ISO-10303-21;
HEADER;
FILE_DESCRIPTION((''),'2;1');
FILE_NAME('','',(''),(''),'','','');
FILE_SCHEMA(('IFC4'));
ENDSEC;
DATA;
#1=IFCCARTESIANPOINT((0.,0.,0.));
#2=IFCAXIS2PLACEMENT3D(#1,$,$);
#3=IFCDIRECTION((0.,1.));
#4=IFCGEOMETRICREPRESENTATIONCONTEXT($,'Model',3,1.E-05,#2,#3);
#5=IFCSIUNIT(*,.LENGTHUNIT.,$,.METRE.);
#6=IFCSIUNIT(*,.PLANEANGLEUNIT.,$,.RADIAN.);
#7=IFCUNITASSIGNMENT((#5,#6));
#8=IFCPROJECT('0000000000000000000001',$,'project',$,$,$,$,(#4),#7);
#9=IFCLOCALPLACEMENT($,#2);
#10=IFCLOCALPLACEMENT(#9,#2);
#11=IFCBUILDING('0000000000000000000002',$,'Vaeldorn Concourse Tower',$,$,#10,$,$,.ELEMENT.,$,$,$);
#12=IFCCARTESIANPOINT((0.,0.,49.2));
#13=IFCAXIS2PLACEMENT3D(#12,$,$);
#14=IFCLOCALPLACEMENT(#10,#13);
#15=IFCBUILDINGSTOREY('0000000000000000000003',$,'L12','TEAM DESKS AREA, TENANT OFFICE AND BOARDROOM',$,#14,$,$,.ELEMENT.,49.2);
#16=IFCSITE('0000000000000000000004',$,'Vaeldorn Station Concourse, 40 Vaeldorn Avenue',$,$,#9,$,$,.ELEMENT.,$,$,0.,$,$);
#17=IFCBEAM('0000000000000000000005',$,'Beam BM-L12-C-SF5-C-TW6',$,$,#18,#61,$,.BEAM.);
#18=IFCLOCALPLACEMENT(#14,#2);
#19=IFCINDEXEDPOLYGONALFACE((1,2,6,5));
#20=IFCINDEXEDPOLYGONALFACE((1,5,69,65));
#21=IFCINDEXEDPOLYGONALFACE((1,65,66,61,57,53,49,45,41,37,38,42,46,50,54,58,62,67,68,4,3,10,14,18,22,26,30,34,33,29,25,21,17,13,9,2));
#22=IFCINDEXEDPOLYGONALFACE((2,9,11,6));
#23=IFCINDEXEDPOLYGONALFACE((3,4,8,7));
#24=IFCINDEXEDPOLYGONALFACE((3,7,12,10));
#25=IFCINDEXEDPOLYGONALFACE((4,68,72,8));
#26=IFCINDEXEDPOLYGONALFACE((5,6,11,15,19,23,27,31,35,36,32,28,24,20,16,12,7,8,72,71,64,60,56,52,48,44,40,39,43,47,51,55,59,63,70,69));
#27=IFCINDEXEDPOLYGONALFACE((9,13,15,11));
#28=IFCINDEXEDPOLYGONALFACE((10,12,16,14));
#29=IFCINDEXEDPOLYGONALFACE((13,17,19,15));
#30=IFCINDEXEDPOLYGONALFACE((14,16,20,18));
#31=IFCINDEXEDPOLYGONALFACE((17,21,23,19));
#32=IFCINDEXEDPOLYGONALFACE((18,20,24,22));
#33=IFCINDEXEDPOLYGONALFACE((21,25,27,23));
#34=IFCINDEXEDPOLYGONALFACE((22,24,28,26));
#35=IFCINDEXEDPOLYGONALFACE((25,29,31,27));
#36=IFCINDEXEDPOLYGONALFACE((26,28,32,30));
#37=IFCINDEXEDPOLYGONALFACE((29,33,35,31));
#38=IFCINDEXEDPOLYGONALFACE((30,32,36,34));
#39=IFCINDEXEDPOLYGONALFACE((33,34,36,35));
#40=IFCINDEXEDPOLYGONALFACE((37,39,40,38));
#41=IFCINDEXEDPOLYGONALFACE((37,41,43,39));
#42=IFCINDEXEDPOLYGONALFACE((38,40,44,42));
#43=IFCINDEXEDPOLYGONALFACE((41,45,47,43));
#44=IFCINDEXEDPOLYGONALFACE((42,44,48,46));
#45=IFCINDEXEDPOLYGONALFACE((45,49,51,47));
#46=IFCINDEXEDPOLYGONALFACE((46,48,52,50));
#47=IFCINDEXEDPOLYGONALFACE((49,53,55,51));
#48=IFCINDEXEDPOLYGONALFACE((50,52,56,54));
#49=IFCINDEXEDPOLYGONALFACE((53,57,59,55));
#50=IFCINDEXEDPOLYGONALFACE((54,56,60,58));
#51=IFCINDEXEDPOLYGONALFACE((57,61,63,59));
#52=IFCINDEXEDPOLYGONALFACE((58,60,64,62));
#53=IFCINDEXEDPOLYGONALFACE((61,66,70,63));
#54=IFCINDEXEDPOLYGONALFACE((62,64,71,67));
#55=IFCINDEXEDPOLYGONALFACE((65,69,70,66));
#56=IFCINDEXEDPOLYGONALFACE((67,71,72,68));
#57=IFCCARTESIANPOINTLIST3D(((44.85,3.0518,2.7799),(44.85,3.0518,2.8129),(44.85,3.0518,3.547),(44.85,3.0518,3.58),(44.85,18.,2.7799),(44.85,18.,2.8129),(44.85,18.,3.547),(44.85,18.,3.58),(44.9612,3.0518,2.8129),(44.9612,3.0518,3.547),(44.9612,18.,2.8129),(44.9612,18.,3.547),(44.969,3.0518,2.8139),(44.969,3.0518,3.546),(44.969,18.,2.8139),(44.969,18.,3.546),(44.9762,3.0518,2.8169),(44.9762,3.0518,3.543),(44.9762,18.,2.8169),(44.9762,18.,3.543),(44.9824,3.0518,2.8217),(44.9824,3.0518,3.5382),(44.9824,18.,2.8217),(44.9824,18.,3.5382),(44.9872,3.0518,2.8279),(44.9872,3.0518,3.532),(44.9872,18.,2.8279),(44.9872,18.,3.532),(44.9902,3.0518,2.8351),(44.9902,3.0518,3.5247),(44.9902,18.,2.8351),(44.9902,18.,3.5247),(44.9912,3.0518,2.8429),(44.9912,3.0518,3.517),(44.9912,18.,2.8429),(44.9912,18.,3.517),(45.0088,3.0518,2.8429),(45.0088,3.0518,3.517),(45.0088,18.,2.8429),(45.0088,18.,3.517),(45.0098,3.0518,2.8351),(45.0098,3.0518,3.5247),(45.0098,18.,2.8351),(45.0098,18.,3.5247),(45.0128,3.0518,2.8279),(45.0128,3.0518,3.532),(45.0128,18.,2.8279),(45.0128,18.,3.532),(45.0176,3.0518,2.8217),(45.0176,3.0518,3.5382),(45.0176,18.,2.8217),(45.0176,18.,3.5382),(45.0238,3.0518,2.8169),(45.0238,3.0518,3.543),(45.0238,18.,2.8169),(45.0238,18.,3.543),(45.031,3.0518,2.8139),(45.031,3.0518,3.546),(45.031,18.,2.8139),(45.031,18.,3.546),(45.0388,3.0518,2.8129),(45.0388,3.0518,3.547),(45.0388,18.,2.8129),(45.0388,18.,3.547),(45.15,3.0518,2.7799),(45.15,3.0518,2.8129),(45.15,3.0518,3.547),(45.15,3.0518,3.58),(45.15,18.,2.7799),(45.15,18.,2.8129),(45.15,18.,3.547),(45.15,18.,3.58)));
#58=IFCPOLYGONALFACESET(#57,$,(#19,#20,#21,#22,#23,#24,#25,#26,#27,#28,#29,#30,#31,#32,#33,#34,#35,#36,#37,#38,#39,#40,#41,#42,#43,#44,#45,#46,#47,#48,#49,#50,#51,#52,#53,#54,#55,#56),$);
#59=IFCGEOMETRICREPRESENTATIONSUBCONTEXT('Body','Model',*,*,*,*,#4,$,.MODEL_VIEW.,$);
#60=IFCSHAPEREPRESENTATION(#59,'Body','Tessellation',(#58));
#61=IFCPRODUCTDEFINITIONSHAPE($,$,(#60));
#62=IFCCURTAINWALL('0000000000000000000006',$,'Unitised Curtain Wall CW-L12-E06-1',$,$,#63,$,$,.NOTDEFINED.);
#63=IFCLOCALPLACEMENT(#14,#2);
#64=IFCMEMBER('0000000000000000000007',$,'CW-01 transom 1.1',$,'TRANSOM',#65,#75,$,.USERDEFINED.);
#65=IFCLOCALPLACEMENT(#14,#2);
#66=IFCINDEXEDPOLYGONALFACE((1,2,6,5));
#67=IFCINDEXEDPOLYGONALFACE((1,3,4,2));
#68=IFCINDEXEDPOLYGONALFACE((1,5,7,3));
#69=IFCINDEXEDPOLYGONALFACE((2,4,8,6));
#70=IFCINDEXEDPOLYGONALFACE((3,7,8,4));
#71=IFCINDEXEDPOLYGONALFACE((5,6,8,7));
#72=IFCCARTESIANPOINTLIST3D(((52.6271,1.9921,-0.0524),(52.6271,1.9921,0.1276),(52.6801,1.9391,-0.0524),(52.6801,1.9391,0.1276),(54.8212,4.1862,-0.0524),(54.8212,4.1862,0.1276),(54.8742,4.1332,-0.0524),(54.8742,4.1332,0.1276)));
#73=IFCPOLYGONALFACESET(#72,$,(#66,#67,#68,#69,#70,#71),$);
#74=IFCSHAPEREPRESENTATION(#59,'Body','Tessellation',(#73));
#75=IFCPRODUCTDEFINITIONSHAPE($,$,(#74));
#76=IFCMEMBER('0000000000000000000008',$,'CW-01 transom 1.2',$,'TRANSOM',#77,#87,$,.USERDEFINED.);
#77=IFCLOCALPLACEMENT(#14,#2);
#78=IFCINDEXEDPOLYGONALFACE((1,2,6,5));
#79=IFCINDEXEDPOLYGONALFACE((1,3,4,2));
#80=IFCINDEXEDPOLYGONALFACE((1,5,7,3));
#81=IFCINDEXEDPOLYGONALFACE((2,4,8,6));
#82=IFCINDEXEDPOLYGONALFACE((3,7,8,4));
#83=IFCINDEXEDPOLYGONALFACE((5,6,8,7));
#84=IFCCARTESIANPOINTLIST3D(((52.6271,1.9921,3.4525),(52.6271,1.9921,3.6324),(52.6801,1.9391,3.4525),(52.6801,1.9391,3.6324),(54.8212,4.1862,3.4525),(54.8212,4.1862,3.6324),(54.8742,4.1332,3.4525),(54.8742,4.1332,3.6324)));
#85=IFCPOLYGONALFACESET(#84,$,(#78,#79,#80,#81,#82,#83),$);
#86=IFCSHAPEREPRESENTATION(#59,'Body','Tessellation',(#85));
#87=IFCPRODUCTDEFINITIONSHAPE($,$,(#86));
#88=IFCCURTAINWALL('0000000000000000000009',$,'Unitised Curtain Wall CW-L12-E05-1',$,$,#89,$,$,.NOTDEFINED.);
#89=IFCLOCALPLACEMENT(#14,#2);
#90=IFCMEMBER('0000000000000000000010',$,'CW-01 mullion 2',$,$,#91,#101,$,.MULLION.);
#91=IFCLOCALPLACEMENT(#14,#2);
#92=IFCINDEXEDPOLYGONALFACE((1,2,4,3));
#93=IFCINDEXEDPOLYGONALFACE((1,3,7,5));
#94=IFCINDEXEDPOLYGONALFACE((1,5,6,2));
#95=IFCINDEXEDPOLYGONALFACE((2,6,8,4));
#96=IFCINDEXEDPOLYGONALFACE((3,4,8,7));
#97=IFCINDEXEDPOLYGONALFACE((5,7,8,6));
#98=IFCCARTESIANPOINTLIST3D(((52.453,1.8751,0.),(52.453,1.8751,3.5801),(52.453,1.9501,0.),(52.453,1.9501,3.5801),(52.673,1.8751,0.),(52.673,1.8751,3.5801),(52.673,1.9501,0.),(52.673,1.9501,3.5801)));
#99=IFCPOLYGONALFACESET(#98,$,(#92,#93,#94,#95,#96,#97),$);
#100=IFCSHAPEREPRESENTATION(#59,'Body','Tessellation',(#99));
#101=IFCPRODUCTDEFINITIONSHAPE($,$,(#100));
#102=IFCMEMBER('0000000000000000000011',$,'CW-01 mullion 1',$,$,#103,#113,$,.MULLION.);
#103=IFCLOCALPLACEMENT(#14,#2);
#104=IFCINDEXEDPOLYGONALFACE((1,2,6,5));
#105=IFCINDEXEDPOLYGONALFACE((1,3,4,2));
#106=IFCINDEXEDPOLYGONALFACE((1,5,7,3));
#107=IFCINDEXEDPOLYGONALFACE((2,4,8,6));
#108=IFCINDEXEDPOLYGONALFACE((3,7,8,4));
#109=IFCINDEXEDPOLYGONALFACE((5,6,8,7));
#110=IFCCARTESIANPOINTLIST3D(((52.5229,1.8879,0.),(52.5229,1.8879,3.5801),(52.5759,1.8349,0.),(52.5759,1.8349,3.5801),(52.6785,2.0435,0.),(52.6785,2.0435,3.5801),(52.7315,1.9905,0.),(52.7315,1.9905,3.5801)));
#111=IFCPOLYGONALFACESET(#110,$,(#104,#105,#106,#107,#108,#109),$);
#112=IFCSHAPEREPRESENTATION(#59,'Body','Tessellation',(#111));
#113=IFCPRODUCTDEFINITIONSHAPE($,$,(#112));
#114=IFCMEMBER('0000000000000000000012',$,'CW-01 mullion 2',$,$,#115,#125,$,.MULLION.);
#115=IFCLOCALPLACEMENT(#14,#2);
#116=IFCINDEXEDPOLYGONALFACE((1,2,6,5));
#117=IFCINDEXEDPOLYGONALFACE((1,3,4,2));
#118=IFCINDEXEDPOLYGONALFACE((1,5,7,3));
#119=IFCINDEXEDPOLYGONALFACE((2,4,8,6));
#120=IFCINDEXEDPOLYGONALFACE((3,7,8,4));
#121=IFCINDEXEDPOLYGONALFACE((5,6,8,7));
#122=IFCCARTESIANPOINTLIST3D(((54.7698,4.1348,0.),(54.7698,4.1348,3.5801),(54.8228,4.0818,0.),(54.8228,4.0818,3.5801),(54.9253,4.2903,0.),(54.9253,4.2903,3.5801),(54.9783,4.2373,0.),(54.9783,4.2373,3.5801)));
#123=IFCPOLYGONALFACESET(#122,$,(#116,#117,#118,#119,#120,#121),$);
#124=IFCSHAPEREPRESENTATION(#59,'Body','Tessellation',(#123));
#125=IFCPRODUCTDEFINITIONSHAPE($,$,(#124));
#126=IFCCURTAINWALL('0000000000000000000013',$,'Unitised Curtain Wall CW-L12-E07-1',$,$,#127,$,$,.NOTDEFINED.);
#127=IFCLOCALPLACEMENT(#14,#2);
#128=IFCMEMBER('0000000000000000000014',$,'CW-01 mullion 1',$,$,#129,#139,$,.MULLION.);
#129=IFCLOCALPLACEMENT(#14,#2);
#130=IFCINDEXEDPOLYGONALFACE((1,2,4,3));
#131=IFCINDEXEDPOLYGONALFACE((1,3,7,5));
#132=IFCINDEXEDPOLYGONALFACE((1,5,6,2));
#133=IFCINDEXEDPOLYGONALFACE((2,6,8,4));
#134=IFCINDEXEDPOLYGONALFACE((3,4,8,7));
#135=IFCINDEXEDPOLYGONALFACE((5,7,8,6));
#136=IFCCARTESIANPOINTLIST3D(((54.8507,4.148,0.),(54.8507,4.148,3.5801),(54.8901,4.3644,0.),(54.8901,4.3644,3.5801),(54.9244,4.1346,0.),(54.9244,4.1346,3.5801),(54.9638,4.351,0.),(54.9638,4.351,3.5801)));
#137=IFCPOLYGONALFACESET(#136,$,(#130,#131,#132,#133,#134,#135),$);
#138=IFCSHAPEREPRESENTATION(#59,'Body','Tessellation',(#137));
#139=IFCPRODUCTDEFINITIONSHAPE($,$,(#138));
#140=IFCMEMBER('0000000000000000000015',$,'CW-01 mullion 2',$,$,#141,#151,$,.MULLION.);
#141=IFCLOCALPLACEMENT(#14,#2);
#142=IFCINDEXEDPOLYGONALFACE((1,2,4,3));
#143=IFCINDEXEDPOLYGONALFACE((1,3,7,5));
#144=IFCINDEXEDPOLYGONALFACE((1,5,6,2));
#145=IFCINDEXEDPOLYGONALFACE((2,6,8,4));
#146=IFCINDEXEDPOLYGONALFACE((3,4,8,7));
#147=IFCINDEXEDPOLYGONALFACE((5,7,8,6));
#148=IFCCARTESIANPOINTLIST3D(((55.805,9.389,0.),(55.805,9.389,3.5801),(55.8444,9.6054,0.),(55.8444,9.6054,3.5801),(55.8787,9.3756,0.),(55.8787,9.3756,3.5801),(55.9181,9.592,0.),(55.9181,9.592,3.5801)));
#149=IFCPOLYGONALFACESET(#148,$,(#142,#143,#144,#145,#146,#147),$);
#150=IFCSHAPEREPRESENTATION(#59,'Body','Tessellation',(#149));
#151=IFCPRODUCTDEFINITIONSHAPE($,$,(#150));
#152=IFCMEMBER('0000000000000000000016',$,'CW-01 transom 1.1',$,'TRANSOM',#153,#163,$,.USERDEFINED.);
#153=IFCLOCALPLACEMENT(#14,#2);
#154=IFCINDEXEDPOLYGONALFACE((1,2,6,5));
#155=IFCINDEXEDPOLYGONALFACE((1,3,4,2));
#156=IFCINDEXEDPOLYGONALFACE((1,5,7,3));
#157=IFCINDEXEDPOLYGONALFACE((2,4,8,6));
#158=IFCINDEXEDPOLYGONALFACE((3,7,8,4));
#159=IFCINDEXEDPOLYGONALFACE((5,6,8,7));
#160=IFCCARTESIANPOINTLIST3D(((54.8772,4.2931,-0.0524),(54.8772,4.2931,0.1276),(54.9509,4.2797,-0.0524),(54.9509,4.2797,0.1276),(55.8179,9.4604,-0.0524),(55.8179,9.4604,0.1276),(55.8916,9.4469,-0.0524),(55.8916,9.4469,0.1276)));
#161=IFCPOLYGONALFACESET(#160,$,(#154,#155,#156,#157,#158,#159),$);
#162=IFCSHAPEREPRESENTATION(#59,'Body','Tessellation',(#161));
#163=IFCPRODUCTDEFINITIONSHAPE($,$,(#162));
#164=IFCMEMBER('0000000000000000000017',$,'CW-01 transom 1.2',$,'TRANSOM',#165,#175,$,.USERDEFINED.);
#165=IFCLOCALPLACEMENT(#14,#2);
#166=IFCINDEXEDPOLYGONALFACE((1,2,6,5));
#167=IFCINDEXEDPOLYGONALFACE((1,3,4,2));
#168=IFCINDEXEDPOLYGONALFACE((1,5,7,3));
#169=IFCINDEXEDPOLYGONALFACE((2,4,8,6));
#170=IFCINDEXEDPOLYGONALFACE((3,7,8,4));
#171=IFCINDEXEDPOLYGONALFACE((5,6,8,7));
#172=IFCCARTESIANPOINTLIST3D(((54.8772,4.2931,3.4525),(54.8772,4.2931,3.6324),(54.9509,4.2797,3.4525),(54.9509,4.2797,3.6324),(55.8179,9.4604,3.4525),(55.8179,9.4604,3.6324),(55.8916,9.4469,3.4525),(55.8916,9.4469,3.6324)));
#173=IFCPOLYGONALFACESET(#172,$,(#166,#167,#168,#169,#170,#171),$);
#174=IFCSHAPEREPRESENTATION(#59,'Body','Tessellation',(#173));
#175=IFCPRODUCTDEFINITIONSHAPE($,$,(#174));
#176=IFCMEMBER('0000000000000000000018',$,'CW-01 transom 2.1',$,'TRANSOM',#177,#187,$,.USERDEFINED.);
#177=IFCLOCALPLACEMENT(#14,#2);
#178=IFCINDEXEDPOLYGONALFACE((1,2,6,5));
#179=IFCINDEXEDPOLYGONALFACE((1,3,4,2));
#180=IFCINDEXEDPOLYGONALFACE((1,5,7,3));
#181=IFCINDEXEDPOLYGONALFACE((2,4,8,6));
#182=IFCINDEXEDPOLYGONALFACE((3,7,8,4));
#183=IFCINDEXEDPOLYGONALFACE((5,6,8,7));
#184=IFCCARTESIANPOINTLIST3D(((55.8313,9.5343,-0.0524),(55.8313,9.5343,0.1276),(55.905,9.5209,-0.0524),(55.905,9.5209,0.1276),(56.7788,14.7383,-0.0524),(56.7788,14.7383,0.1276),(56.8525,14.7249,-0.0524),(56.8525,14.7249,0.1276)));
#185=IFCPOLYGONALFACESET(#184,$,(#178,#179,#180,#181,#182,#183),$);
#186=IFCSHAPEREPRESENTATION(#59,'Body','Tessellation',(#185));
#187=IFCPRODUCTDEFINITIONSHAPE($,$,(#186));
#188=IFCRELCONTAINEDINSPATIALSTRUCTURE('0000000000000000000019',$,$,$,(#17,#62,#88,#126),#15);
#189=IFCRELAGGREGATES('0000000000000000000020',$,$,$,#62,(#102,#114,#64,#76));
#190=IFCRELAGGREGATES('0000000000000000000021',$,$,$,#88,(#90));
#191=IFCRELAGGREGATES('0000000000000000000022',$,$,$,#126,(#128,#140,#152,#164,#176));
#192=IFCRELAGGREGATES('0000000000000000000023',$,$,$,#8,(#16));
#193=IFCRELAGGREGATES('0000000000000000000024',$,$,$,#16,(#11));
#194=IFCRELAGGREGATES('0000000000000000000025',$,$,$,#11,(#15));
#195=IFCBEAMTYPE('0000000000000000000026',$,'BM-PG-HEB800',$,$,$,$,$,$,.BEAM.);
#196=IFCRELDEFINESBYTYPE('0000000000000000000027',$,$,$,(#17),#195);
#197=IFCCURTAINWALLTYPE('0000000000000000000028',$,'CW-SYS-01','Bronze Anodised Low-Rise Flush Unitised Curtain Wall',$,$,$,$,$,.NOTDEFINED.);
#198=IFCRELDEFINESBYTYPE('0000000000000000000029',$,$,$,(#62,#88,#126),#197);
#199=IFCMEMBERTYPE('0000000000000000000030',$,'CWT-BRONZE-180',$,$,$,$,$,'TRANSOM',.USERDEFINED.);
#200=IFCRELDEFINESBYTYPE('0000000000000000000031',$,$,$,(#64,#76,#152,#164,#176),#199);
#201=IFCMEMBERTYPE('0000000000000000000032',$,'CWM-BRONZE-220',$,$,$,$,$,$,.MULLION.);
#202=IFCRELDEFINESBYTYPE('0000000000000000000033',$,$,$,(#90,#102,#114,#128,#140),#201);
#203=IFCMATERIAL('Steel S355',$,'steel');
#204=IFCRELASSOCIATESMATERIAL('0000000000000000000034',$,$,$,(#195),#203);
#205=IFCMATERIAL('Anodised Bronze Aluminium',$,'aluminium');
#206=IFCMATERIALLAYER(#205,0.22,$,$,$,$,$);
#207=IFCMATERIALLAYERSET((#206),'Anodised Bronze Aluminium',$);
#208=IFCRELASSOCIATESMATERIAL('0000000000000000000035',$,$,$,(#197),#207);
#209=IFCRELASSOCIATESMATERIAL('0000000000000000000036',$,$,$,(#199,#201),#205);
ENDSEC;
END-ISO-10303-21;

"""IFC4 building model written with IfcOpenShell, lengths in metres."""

from ifc_helpers import new_model, si_unit, direction, frame, origin, origin_2d, place, context, subcontext, project, spatial, rectangle, i_section, extrude, source, transform, mapped, material, layer, layer_set, material_profile, profile_set, type_object, element, aggregate, save


model = new_model("IFC4")

# Units and contexts
model_context = context("Model", 3, precision=1e-05, world=origin(), true_north=direction((0.0, 1.0)))
body_context = subcontext(model_context, "Body", "Model", "MODEL_VIEW")
ifc_project = project(units=[si_unit("LENGTHUNIT", "METRE"), si_unit("PLANEANGLEUNIT", "RADIAN")], contexts=[model_context])

# Site, building, storey
site_placement = place(None, origin())
site = spatial("IfcSite", under=ifc_project, at=site_placement, Name="Vaeldorn Station Concourse, 40 Vaeldorn Avenue", CompositionType="ELEMENT", RefElevation=0.0)
building_placement = place(site_placement, origin())
building = spatial("IfcBuilding", under=site, at=building_placement, Name="Vaeldorn Concourse Tower", CompositionType="ELEMENT")
storey_placement = place(building_placement, frame((0.0, 0.0, 49.2)))
storey = spatial("IfcBuildingStorey", under=building, at=storey_placement, Name="L12", Description="TEAM DESKS AREA, TENANT OFFICE AND BOARDROOM", CompositionType="ELEMENT", Elevation=49.2)

# Beam
ifc_material_1 = material(Name="Steel S355", Category="steel")
ifc_material_profile_1 = material_profile(ifc_material_1, i_section(OverallWidth=0.3, OverallDepth=0.8, WebThickness=0.0176, FlangeThickness=0.033, FilletRadius=0.03, at=origin_2d()), Name="HEB 800")
ifc_profile_set_1 = profile_set([ifc_material_profile_1], Name="Steel S355")
beam_type_1 = type_object("IfcBeamType", Name="BM-PG-HEB800", PredefinedType="BEAM", material=ifc_profile_set_1)
shared_shape_1 = source(origin(), body_context, "Body", "SweptSolid", [
    extrude(i_section(OverallWidth=0.3, OverallDepth=0.8, WebThickness=0.0176, FlangeThickness=0.033, FilletRadius=0.03, at=origin_2d()), origin(), (0.0, 0.0, 1.0), 14.9482),
])
beam_1_placement = place(storey_placement, frame((45.0, 3.0518, 3.1799), z_axis=(0.0, 1.0, 0.0), x_axis=(-1.0, 0.0, 0.0)))
element("IfcBeam", 1, at=beam_1_placement, inside=storey, type_object=beam_type_1, Name="Beam BM-L12-C-SF5-C-TW6", PredefinedType="BEAM", context=body_context, shape_type="MappedRepresentation", body=[
    mapped(shared_shape_1, transform((0.0, 0.0, 0.0), scale=1.0)),
])

# Curtain wall, members
ifc_material_2 = material(Name="Anodised Bronze Aluminium", Category="aluminium")
ifc_layer_1 = layer(ifc_material_2, 0.22)
ifc_layer_set_1 = layer_set([ifc_layer_1], Name="Anodised Bronze Aluminium")
curtain_wall_type = type_object("IfcCurtainWallType", Name="CW-SYS-01", Description="Bronze Anodised Low-Rise Flush Unitised Curtain Wall", PredefinedType="NOTDEFINED", material=ifc_layer_set_1)
curtain_wall_1_placement = place(storey_placement, origin())
curtain_wall_1 = element("IfcCurtainWall", 2, at=curtain_wall_1_placement, inside=storey, type_object=curtain_wall_type, Name="Unitised Curtain Wall CW-L12-E06-1", PredefinedType="NOTDEFINED")
ifc_material_profile_2 = material_profile(ifc_material_2, rectangle(XDim=0.075, YDim=0.1799, at=origin_2d()), Name="CWT 75x180")
ifc_profile_set_2 = profile_set([ifc_material_profile_2], Name="Anodised Bronze Aluminium")
member_type_1 = type_object("IfcMemberType", Name="CWT-BRONZE-180", ElementType="TRANSOM", PredefinedType="USERDEFINED", material=ifc_profile_set_2)
shared_shape_2 = source(origin(), body_context, "Body", "SweptSolid", [
    extrude(rectangle(XDim=0.075, YDim=0.1799, at=origin_2d()), origin(), (0.0, 0.0, 1.0), 3.103),
])
member_1_placement = place(storey_placement, frame((52.6536, 1.9656, 0.0376), z_axis=(0.707107, 0.707107, 0.0), x_axis=(-0.707107, 0.707107, 0.0)))
member_1 = element("IfcMember", 3, at=member_1_placement, type_object=member_type_1, Name="CW-01 transom 1.1", ObjectType="TRANSOM", PredefinedType="USERDEFINED", context=body_context, shape_type="MappedRepresentation", body=[
    mapped(shared_shape_2, transform((0.0, 0.0, 0.0), scale=1.0)),
])
member_2_placement = place(storey_placement, frame((52.6536, 1.9656, 3.5425), z_axis=(0.707107, 0.707107, 0.0), x_axis=(-0.707107, 0.707107, 0.0)))
member_2 = element("IfcMember", 4, at=member_2_placement, type_object=member_type_1, Name="CW-01 transom 1.2", ObjectType="TRANSOM", PredefinedType="USERDEFINED", context=body_context, shape_type="MappedRepresentation", body=[
    mapped(shared_shape_2, transform((0.0, 0.0, 0.0), scale=1.0)),
])

# Curtain wall, member
curtain_wall_2_placement = place(storey_placement, origin())
curtain_wall_2 = element("IfcCurtainWall", 5, at=curtain_wall_2_placement, inside=storey, type_object=curtain_wall_type, Name="Unitised Curtain Wall CW-L12-E05-1", PredefinedType="NOTDEFINED")
ifc_material_profile_3 = material_profile(ifc_material_2, rectangle(XDim=0.075, YDim=0.22, at=origin_2d()), Name="CWM 75x220")
ifc_profile_set_3 = profile_set([ifc_material_profile_3], Name="Anodised Bronze Aluminium")
member_type_2 = type_object("IfcMemberType", Name="CWM-BRONZE-220", PredefinedType="MULLION", material=ifc_profile_set_3)
shared_shape_3 = source(origin(), body_context, "Body", "SweptSolid", [
    extrude(rectangle(XDim=0.075, YDim=0.22, at=origin_2d()), origin(), (0.0, 0.0, 1.0), 3.5801),
])
member_3_placement = place(storey_placement, frame((52.563, 1.9126, 0.0), z_axis=(0.0, 0.0, 1.0), x_axis=(0.0, 1.0, 0.0)))
member_3 = element("IfcMember", 6, at=member_3_placement, type_object=member_type_2, Name="CW-01 mullion 2", PredefinedType="MULLION", context=body_context, shape_type="MappedRepresentation", body=[
    mapped(shared_shape_3, transform((0.0, 0.0, 0.0), scale=1.0)),
])

# Members
member_4_placement = place(storey_placement, frame((52.6272, 1.9392, 0.0), z_axis=(0.0, 0.0, 1.0), x_axis=(-0.707107, 0.707107, 0.0)))
member_4 = element("IfcMember", 7, at=member_4_placement, type_object=member_type_2, Name="CW-01 mullion 1", PredefinedType="MULLION", context=body_context, shape_type="MappedRepresentation", body=[
    mapped(shared_shape_3, transform((0.0, 0.0, 0.0), scale=1.0)),
])
member_5_placement = place(storey_placement, frame((54.874, 4.186, 0.0), z_axis=(0.0, 0.0, 1.0), x_axis=(-0.707107, 0.707107, 0.0)))
member_5 = element("IfcMember", 8, at=member_5_placement, type_object=member_type_2, Name="CW-01 mullion 2", PredefinedType="MULLION", context=body_context, shape_type="MappedRepresentation", body=[
    mapped(shared_shape_3, transform((0.0, 0.0, 0.0), scale=1.0)),
])

# Curtain wall, members
curtain_wall_3_placement = place(storey_placement, origin())
curtain_wall_3 = element("IfcCurtainWall", 9, at=curtain_wall_3_placement, inside=storey, type_object=curtain_wall_type, Name="Unitised Curtain Wall CW-L12-E07-1", PredefinedType="NOTDEFINED")
member_6_placement = place(storey_placement, frame((54.9072, 4.2495, 0.0), z_axis=(0.0, 0.0, 1.0), x_axis=(-0.983828, 0.179117, 0.0)))
member_6 = element("IfcMember", 10, at=member_6_placement, type_object=member_type_2, Name="CW-01 mullion 1", PredefinedType="MULLION", context=body_context, shape_type="MappedRepresentation", body=[
    mapped(shared_shape_3, transform((0.0, 0.0, 0.0), scale=1.0)),
])
member_7_placement = place(storey_placement, frame((55.8616, 9.4905, 0.0), z_axis=(0.0, 0.0, 1.0), x_axis=(-0.983828, 0.179117, 0.0)))
member_7 = element("IfcMember", 11, at=member_7_placement, type_object=member_type_2, Name="CW-01 mullion 2", PredefinedType="MULLION", context=body_context, shape_type="MappedRepresentation", body=[
    mapped(shared_shape_3, transform((0.0, 0.0, 0.0), scale=1.0)),
])
shared_shape_4 = source(origin(), body_context, "Body", "SweptSolid", [
    extrude(rectangle(XDim=0.075, YDim=0.1799, at=origin_2d()), origin(), (0.0, 0.0, 1.0), 5.2522),
])
member_8_placement = place(storey_placement, frame((54.9141, 4.2864, 0.0376), z_axis=(0.179102, 0.98383, 0.0), x_axis=(-0.98383, 0.179102, 0.0)))
member_8 = element("IfcMember", 12, at=member_8_placement, type_object=member_type_1, Name="CW-01 transom 1.1", ObjectType="TRANSOM", PredefinedType="USERDEFINED", context=body_context, shape_type="MappedRepresentation", body=[
    mapped(shared_shape_4, transform((0.0, 0.0, 0.0), scale=1.0)),
])
member_9_placement = place(storey_placement, frame((54.9141, 4.2864, 3.5425), z_axis=(0.179102, 0.98383, 0.0), x_axis=(-0.98383, 0.179102, 0.0)))
member_9 = element("IfcMember", 13, at=member_9_placement, type_object=member_type_1, Name="CW-01 transom 1.2", ObjectType="TRANSOM", PredefinedType="USERDEFINED", context=body_context, shape_type="MappedRepresentation", body=[
    mapped(shared_shape_4, transform((0.0, 0.0, 0.0), scale=1.0)),
])
shared_shape_5 = source(origin(), body_context, "Body", "SweptSolid", [
    extrude(rectangle(XDim=0.075, YDim=0.1799, at=origin_2d()), origin(), (0.0, 0.0, 1.0), 5.2896),
])
member_10_placement = place(storey_placement, frame((55.8682, 9.5276, 0.0376), z_axis=(0.179125, 0.983826, 0.0), x_axis=(-0.983826, 0.179125, 0.0)))
member_10 = element("IfcMember", 14, at=member_10_placement, type_object=member_type_1, Name="CW-01 transom 2.1", ObjectType="TRANSOM", PredefinedType="USERDEFINED", context=body_context, shape_type="MappedRepresentation", body=[
    mapped(shared_shape_5, transform((0.0, 0.0, 0.0), scale=1.0)),
])

aggregate(curtain_wall_1, [member_4, member_5, member_1, member_2])
aggregate(curtain_wall_2, [member_3])
aggregate(curtain_wall_3, [member_6, member_7, member_8, member_9, member_10])

save(model, "model.ifc")
